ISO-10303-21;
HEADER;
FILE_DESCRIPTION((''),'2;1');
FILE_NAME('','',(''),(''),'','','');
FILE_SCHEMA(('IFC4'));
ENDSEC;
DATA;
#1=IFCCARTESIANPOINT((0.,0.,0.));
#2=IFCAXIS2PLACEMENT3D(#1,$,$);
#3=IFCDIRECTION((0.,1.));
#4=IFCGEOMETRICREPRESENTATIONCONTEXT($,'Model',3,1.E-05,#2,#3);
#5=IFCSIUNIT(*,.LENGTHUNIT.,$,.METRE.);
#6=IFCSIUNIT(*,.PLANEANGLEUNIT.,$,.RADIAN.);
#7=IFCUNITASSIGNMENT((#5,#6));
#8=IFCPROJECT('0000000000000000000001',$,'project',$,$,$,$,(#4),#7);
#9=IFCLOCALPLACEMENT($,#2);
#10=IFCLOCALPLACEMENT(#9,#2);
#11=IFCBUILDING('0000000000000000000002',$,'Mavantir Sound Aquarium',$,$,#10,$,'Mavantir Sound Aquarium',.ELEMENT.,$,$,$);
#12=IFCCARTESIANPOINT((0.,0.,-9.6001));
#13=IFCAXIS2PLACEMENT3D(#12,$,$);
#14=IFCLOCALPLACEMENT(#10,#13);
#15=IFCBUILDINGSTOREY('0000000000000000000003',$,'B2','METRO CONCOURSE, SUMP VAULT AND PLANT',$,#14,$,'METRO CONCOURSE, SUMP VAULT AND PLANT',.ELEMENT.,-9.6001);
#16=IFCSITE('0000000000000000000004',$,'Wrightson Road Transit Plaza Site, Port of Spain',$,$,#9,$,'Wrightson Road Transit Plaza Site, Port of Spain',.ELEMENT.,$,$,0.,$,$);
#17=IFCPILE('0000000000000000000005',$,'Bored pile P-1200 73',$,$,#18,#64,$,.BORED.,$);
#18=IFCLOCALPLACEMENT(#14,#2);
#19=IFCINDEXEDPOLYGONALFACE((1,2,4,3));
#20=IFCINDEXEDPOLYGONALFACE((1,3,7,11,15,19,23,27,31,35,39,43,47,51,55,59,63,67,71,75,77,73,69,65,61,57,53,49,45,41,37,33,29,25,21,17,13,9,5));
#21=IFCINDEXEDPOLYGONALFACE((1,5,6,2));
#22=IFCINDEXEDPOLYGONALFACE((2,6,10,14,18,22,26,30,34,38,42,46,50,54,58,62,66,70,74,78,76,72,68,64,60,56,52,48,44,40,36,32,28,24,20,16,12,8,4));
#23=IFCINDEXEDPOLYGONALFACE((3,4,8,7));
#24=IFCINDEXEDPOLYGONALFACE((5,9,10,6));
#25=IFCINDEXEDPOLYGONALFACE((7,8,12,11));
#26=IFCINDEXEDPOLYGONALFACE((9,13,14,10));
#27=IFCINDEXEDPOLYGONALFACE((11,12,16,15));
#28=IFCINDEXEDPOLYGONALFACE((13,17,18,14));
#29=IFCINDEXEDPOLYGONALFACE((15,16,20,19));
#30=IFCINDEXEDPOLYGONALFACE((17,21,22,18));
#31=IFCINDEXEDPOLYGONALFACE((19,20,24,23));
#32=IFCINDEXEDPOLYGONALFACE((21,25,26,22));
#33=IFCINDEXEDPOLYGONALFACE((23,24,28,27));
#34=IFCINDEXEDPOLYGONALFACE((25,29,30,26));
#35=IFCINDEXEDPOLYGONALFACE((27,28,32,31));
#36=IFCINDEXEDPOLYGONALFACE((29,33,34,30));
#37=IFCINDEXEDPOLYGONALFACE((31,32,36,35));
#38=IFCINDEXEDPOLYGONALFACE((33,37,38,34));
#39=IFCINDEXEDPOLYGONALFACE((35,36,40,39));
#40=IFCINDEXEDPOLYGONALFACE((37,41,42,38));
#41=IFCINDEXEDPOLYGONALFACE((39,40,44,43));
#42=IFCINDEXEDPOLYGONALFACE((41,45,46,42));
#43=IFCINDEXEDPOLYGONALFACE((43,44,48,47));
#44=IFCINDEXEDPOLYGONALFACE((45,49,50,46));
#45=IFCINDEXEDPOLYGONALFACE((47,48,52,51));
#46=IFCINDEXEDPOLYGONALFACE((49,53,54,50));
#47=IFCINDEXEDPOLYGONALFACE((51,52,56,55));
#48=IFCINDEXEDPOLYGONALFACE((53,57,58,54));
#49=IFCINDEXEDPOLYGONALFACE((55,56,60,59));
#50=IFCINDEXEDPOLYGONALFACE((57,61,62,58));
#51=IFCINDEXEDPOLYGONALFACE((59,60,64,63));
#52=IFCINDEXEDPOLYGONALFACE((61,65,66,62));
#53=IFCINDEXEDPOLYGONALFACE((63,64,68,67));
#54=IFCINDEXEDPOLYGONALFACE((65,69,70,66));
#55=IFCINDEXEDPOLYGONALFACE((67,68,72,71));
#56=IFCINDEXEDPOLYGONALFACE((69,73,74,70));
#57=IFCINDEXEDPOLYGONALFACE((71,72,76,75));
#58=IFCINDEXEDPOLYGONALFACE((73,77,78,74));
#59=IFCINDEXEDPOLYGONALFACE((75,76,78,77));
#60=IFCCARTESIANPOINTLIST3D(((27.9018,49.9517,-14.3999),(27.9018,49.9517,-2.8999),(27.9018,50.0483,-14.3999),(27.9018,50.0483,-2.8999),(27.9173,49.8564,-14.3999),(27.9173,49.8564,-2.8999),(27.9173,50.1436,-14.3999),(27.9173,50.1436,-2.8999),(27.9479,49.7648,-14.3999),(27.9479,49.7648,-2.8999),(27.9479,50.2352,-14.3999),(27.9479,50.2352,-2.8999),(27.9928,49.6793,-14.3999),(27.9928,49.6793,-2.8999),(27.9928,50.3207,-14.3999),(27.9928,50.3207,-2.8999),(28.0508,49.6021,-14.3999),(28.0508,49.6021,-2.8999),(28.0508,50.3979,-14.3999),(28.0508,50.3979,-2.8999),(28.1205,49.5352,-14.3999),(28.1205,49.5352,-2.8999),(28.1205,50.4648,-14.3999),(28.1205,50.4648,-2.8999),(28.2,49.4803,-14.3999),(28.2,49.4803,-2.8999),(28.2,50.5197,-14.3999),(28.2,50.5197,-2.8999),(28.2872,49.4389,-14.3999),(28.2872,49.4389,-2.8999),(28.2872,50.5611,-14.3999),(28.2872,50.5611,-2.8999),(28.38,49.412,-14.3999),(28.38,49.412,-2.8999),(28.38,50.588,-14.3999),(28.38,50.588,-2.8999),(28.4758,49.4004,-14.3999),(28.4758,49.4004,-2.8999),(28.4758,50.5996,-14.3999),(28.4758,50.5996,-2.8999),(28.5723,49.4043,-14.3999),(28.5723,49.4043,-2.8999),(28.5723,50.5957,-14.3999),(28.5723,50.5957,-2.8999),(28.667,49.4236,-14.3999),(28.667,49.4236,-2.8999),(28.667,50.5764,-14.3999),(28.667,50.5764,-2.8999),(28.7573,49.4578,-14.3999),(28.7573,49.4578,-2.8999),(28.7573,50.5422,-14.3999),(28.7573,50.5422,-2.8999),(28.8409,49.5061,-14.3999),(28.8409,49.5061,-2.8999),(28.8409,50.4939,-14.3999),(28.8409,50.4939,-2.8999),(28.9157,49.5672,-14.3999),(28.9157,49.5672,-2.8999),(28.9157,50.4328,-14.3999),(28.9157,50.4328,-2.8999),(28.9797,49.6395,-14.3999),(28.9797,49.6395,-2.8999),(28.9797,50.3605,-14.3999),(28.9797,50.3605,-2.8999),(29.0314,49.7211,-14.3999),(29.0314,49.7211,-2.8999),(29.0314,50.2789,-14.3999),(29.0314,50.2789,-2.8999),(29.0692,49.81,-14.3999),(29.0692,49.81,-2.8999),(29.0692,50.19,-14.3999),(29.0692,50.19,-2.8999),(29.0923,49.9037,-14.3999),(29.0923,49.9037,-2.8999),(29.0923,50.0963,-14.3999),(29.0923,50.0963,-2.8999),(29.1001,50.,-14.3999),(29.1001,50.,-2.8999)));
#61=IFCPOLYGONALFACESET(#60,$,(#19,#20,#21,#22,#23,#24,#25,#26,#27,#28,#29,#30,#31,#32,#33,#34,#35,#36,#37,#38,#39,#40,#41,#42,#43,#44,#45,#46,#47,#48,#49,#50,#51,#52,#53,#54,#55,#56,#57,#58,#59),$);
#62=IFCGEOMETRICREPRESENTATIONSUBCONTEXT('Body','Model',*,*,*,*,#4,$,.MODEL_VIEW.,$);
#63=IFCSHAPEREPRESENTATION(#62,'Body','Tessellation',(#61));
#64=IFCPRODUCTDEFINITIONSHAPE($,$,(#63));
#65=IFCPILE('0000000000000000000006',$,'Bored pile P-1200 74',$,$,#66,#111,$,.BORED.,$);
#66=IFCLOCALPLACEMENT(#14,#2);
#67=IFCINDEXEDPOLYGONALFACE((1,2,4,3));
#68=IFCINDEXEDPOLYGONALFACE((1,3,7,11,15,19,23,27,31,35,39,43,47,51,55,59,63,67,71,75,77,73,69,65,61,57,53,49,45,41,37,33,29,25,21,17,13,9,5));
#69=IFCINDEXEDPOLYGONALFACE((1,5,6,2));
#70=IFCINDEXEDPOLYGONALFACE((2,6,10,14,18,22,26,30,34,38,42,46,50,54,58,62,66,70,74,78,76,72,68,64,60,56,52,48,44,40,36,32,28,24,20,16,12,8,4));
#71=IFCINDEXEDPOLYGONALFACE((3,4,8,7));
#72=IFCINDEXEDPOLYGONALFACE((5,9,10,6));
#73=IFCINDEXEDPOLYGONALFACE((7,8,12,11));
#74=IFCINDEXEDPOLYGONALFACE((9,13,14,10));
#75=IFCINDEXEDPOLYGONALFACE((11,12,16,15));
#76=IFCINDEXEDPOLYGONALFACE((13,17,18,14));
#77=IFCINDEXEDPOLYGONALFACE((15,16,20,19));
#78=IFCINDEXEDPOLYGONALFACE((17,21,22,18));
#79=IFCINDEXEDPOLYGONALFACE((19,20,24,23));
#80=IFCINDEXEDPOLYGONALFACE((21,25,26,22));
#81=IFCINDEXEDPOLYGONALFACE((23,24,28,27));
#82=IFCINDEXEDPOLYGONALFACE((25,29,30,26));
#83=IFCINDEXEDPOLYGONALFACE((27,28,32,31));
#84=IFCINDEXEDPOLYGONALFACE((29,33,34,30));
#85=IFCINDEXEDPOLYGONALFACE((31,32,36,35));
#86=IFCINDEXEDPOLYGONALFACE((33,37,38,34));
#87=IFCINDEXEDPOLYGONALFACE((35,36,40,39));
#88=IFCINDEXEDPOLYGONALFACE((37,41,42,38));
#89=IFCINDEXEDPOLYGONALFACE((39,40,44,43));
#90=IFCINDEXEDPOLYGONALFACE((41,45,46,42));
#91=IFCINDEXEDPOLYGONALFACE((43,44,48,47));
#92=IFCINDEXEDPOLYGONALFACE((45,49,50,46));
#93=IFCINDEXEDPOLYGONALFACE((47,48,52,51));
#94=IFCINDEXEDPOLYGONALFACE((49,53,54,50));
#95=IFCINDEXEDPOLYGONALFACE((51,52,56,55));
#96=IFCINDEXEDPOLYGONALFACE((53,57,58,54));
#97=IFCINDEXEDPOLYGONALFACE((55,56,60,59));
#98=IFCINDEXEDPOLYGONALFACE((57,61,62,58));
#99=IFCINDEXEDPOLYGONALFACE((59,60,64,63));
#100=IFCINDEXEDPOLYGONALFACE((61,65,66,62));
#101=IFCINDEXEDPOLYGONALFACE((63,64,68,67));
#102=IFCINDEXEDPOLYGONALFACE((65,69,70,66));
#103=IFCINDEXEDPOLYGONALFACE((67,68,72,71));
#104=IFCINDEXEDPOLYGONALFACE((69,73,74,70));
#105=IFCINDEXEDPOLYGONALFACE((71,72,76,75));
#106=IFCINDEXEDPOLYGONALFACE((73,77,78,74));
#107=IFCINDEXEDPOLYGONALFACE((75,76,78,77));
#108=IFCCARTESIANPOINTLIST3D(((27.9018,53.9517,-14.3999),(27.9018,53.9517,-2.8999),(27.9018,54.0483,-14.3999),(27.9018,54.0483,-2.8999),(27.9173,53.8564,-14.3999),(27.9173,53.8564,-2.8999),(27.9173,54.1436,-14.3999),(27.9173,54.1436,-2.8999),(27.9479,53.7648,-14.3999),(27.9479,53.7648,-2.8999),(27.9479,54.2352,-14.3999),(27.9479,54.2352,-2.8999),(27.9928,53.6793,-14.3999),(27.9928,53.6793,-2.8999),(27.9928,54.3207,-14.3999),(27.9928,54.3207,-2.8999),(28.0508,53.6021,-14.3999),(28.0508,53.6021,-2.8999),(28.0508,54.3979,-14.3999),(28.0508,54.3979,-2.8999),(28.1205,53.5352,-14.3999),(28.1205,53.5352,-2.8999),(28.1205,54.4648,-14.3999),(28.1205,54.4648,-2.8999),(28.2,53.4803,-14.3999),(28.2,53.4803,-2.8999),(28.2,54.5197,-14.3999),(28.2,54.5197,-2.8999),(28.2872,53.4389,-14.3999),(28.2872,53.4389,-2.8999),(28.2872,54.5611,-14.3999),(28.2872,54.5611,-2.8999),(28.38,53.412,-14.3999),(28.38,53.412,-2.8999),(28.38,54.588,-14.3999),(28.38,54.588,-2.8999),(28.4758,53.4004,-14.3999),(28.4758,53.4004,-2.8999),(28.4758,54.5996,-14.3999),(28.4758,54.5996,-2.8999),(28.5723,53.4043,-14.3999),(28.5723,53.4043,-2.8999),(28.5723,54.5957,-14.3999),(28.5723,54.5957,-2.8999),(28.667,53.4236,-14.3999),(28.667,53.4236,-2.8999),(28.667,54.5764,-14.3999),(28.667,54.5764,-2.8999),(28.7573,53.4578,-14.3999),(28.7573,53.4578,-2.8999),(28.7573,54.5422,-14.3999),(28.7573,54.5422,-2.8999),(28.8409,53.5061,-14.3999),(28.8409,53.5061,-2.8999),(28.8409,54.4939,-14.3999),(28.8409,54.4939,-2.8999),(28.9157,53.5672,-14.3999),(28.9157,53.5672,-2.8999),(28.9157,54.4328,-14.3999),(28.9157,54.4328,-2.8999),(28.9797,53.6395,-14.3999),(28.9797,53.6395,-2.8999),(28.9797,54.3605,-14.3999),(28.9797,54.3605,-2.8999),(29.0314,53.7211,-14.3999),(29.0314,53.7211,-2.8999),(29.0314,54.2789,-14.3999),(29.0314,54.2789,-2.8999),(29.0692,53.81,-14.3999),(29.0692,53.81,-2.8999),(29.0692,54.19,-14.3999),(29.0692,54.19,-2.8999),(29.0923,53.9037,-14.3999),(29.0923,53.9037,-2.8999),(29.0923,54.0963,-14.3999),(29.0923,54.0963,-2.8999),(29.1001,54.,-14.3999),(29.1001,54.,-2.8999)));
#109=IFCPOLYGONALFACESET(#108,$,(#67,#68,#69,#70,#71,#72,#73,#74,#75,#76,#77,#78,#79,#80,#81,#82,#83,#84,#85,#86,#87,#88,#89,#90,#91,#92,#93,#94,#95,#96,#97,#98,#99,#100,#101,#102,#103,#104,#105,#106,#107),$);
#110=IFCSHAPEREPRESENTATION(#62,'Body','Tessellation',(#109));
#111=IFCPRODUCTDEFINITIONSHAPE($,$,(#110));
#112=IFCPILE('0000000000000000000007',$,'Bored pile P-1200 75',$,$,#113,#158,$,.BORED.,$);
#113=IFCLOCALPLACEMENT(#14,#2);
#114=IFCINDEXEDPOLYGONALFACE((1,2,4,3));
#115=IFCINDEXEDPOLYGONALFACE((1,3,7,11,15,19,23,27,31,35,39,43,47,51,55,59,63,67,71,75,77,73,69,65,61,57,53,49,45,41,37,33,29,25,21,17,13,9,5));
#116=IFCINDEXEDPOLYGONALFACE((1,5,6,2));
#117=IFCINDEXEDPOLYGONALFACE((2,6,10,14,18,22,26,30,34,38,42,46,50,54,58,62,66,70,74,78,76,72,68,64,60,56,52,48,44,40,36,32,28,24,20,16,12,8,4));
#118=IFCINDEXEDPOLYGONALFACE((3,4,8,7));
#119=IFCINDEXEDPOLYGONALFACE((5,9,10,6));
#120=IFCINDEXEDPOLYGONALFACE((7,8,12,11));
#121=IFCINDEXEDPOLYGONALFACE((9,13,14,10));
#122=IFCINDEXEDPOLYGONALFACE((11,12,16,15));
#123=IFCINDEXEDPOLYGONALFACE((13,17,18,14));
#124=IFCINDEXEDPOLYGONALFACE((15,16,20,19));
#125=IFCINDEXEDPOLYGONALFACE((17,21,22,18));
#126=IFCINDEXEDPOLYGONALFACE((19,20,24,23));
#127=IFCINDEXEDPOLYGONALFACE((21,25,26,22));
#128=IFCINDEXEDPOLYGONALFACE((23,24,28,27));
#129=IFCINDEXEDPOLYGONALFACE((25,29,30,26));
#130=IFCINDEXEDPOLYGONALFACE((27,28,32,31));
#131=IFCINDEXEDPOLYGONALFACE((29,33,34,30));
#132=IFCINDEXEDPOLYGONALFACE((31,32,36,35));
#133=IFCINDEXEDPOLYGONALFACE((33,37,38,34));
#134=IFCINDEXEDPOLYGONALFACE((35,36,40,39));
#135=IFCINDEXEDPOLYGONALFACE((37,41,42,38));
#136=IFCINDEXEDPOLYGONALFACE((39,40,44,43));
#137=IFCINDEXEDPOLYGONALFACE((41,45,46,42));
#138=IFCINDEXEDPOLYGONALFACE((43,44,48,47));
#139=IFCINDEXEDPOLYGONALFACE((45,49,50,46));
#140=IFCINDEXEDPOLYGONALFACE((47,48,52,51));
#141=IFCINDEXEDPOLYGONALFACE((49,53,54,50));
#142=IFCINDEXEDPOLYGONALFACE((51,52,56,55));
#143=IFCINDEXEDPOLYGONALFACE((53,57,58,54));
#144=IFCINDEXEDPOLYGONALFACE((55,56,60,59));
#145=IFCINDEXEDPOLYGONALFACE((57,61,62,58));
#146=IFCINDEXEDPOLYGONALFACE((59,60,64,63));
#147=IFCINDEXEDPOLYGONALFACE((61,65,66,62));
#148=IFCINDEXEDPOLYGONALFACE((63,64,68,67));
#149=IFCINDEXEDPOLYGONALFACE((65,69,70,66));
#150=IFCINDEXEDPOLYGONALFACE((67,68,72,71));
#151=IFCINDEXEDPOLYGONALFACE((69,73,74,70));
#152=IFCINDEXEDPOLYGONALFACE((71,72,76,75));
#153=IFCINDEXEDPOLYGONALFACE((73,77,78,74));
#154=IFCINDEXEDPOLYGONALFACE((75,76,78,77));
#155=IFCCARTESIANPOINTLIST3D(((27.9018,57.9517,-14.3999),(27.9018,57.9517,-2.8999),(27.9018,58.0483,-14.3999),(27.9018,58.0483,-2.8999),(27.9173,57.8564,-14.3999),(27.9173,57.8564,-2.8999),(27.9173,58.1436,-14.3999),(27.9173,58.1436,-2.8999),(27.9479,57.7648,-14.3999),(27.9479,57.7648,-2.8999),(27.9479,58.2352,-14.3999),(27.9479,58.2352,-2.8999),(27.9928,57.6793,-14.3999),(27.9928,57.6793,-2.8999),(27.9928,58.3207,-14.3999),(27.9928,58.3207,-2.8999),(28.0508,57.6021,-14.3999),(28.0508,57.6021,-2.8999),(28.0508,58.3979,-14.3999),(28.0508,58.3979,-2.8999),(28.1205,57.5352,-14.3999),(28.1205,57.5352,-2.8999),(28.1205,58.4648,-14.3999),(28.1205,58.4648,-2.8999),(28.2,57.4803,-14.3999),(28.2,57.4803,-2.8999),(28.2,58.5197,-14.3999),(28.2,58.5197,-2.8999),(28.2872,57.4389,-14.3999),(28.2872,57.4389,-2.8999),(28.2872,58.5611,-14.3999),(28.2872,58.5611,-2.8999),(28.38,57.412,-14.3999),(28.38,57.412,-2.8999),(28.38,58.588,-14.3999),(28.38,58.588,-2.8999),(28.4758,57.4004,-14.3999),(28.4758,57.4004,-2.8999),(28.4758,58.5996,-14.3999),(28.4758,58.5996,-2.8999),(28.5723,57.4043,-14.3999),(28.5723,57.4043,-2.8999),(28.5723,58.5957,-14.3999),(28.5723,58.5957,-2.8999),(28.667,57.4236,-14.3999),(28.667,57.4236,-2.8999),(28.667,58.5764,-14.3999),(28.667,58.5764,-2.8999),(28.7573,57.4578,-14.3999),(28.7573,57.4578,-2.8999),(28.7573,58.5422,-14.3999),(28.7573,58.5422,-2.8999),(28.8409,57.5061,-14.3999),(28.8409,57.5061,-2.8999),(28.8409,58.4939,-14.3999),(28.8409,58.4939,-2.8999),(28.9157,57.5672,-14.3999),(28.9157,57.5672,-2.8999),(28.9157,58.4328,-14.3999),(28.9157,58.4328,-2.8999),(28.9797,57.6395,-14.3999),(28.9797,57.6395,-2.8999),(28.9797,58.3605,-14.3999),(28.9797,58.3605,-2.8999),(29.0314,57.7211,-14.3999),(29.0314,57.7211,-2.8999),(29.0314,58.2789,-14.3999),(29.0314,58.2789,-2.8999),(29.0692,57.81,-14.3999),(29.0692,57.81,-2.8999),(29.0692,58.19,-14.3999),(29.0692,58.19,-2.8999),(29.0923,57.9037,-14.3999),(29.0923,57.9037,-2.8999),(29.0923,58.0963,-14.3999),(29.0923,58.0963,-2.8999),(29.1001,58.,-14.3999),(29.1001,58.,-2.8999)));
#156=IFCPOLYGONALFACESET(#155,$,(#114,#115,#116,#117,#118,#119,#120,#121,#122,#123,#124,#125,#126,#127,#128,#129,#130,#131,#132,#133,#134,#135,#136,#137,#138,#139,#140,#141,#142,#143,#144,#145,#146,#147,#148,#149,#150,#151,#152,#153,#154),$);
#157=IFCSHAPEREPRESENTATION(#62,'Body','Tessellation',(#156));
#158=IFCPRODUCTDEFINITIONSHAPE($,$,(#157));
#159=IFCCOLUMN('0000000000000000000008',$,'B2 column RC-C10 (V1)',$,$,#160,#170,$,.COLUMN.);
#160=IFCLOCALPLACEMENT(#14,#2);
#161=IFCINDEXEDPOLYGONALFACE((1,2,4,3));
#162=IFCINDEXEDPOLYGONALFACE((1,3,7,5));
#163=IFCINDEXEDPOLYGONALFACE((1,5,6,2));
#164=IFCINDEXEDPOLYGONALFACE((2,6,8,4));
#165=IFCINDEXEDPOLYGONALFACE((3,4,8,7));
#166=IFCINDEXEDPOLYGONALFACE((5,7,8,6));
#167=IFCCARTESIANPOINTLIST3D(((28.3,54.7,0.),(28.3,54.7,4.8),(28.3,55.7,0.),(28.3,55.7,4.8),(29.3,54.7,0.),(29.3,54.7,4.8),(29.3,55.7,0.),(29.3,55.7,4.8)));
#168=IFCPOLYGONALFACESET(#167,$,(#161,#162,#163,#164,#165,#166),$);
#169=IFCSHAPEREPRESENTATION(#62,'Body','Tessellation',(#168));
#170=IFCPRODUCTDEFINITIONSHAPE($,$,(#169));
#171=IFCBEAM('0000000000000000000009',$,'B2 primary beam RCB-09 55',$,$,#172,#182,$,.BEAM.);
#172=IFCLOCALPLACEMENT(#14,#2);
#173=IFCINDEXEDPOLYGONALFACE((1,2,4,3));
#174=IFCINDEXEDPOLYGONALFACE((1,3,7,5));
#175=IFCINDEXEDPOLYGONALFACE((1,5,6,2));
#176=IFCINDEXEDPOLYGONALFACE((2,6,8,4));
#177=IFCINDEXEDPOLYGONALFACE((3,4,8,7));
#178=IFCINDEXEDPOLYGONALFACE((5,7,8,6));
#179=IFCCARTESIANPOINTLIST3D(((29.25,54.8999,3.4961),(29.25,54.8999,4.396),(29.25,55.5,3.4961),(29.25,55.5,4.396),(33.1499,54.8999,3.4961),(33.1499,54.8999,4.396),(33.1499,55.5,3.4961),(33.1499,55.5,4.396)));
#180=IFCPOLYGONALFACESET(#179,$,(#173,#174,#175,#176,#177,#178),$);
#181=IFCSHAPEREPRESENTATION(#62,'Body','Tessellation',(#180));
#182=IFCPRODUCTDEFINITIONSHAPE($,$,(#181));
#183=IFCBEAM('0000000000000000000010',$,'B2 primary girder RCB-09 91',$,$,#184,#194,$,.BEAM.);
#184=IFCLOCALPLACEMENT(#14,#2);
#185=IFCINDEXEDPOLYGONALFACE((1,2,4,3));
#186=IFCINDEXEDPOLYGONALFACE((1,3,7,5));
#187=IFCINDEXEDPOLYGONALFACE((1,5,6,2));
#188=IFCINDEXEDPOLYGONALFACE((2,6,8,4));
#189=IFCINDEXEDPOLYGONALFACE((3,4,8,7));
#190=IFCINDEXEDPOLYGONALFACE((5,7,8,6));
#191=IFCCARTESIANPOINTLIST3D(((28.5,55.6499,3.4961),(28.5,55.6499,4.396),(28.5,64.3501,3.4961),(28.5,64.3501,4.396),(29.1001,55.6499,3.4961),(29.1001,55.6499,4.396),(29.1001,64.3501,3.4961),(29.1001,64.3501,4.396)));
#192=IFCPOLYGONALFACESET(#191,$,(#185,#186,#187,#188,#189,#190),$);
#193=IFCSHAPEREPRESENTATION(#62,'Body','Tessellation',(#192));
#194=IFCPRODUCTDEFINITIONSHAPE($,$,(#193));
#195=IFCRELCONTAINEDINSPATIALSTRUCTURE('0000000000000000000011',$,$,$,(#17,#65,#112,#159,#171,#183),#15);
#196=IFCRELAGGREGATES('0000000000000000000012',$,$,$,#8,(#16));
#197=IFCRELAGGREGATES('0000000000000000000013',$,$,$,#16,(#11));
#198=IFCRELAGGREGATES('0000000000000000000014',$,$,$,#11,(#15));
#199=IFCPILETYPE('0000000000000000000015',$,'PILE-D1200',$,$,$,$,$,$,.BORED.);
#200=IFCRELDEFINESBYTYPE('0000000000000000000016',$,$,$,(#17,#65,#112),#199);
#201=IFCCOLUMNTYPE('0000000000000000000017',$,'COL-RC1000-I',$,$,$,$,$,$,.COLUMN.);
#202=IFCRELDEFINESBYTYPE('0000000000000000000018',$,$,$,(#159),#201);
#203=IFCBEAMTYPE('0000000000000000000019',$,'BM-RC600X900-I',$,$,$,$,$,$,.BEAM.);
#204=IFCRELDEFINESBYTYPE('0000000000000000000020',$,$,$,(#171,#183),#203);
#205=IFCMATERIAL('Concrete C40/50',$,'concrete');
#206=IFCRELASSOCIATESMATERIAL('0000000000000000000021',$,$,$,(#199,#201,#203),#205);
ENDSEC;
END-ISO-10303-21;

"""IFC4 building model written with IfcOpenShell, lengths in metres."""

from ifc_helpers import new_model, si_unit, direction, frame, origin, origin_2d, place, context, subcontext, project, spatial, rectangle, circle, extrude, material, material_profile, profile_set, type_object, element, save


model = new_model("IFC4")

# Units and contexts
model_context = context("Model", 3, precision=1e-05, world=origin(), true_north=direction((0.0, 1.0)))
body_context = subcontext(model_context, "Body", "Model", "MODEL_VIEW")
ifc_project = project(units=[si_unit("LENGTHUNIT", "METRE"), si_unit("PLANEANGLEUNIT", "RADIAN")], contexts=[model_context])

# Site, building, storey
site_placement = place(None, origin())
site = spatial("IfcSite", under=ifc_project, at=site_placement, Name="Wrightson Road Transit Plaza Site, Port of Spain", LongName="Wrightson Road Transit Plaza Site, Port of Spain", CompositionType="ELEMENT", RefElevation=0.0)
building_placement = place(site_placement, origin())
building = spatial("IfcBuilding", under=site, at=building_placement, Name="Mavantir Sound Aquarium", LongName="Mavantir Sound Aquarium", CompositionType="ELEMENT")
storey_placement = place(building_placement, frame((0.0, 0.0, -9.6001)))
storey = spatial("IfcBuildingStorey", under=building, at=storey_placement, Name="B2", Description="METRO CONCOURSE, SUMP VAULT AND PLANT", LongName="METRO CONCOURSE, SUMP VAULT AND PLANT", CompositionType="ELEMENT", Elevation=-9.6001)

# Piles
ifc_material_1 = material(Name="Concrete C40/50", Category="concrete")
ifc_material_profile_1 = material_profile(ifc_material_1, circle(Radius=0.6001, at=origin_2d()), Name="PILE D1200")
ifc_profile_set_1 = profile_set([ifc_material_profile_1], Name="Concrete C40/50")
pile_type = type_object("IfcPileType", Name="PILE-D1200", PredefinedType="BORED", material=ifc_profile_set_1)
for number, where, z_axis, x_axis, name in (
    (1, (28.5, 50.0, -2.8999), (0.0, 0.0, -1.0), (1.0, 0.0, 0.0), "Bored pile P-1200 73"),
    (2, (28.5, 54.0, -2.8999), (0.0, 0.0, -1.0), (1.0, 0.0, 0.0), "Bored pile P-1200 74"),
    (3, (28.5, 58.0, -2.8999), (0.0, 0.0, -1.0), (1.0, 0.0, 0.0), "Bored pile P-1200 75"),
):
    element("IfcPile", number, at=place(storey_placement, frame(where, z_axis=z_axis, x_axis=x_axis)), inside=storey, type_object=pile_type, Name=name, PredefinedType="BORED", context=body_context, shape_type="SweptSolid", body=[
        extrude(circle(Radius=0.6001, at=origin_2d()), origin(), (0.0, 0.0, 1.0), 11.5),
    ])

# Column
ifc_material_profile_2 = material_profile(ifc_material_1, rectangle(XDim=1.0, YDim=1.0, at=origin_2d()), Name="RC 1000X1000")
ifc_profile_set_2 = profile_set([ifc_material_profile_2], Name="Concrete C40/50")
column_type = type_object("IfcColumnType", Name="COL-RC1000-I", PredefinedType="COLUMN", material=ifc_profile_set_2)
column_placement = place(storey_placement, frame((28.8, 55.2, 0.0), z_axis=(0.0, 0.0, 1.0), x_axis=(1.0, 0.0, 0.0)))
element("IfcColumn", 4, at=column_placement, inside=storey, type_object=column_type, Name="B2 column RC-C10 (V1)", PredefinedType="COLUMN", context=body_context, shape_type="SweptSolid", body=[
    extrude(rectangle(XDim=1.0, YDim=1.0, at=origin_2d()), origin(), (0.0, 0.0, 1.0), 4.8),
])

# Beams
ifc_material_profile_3 = material_profile(ifc_material_1, rectangle(XDim=0.6001, YDim=0.8999, at=origin_2d()), Name="RC 600X900")
ifc_profile_set_3 = profile_set([ifc_material_profile_3], Name="Concrete C40/50")
beam_type = type_object("IfcBeamType", Name="BM-RC600X900-I", PredefinedType="BEAM", material=ifc_profile_set_3)
beam_1_placement = place(storey_placement, frame((29.25, 55.2, 3.946), z_axis=(1.0, 0.0, 0.0), x_axis=(0.0, 1.0, 0.0)))
element("IfcBeam", 5, at=beam_1_placement, inside=storey, type_object=beam_type, Name="B2 primary beam RCB-09 55", PredefinedType="BEAM", context=body_context, shape_type="SweptSolid", body=[
    extrude(rectangle(XDim=0.6001, YDim=0.8999, at=origin_2d()), origin(), (0.0, 0.0, 1.0), 3.8999),
])
beam_2_placement = place(storey_placement, frame((28.8, 55.6499, 3.946), z_axis=(0.0, 1.0, 0.0), x_axis=(-1.0, 0.0, 0.0)))
element("IfcBeam", 6, at=beam_2_placement, inside=storey, type_object=beam_type, Name="B2 primary girder RCB-09 91", PredefinedType="BEAM", context=body_context, shape_type="SweptSolid", body=[
    extrude(rectangle(XDim=0.6001, YDim=0.8999, at=origin_2d()), origin(), (0.0, 0.0, 1.0), 8.7002),
])

save(model, "model.ifc")
